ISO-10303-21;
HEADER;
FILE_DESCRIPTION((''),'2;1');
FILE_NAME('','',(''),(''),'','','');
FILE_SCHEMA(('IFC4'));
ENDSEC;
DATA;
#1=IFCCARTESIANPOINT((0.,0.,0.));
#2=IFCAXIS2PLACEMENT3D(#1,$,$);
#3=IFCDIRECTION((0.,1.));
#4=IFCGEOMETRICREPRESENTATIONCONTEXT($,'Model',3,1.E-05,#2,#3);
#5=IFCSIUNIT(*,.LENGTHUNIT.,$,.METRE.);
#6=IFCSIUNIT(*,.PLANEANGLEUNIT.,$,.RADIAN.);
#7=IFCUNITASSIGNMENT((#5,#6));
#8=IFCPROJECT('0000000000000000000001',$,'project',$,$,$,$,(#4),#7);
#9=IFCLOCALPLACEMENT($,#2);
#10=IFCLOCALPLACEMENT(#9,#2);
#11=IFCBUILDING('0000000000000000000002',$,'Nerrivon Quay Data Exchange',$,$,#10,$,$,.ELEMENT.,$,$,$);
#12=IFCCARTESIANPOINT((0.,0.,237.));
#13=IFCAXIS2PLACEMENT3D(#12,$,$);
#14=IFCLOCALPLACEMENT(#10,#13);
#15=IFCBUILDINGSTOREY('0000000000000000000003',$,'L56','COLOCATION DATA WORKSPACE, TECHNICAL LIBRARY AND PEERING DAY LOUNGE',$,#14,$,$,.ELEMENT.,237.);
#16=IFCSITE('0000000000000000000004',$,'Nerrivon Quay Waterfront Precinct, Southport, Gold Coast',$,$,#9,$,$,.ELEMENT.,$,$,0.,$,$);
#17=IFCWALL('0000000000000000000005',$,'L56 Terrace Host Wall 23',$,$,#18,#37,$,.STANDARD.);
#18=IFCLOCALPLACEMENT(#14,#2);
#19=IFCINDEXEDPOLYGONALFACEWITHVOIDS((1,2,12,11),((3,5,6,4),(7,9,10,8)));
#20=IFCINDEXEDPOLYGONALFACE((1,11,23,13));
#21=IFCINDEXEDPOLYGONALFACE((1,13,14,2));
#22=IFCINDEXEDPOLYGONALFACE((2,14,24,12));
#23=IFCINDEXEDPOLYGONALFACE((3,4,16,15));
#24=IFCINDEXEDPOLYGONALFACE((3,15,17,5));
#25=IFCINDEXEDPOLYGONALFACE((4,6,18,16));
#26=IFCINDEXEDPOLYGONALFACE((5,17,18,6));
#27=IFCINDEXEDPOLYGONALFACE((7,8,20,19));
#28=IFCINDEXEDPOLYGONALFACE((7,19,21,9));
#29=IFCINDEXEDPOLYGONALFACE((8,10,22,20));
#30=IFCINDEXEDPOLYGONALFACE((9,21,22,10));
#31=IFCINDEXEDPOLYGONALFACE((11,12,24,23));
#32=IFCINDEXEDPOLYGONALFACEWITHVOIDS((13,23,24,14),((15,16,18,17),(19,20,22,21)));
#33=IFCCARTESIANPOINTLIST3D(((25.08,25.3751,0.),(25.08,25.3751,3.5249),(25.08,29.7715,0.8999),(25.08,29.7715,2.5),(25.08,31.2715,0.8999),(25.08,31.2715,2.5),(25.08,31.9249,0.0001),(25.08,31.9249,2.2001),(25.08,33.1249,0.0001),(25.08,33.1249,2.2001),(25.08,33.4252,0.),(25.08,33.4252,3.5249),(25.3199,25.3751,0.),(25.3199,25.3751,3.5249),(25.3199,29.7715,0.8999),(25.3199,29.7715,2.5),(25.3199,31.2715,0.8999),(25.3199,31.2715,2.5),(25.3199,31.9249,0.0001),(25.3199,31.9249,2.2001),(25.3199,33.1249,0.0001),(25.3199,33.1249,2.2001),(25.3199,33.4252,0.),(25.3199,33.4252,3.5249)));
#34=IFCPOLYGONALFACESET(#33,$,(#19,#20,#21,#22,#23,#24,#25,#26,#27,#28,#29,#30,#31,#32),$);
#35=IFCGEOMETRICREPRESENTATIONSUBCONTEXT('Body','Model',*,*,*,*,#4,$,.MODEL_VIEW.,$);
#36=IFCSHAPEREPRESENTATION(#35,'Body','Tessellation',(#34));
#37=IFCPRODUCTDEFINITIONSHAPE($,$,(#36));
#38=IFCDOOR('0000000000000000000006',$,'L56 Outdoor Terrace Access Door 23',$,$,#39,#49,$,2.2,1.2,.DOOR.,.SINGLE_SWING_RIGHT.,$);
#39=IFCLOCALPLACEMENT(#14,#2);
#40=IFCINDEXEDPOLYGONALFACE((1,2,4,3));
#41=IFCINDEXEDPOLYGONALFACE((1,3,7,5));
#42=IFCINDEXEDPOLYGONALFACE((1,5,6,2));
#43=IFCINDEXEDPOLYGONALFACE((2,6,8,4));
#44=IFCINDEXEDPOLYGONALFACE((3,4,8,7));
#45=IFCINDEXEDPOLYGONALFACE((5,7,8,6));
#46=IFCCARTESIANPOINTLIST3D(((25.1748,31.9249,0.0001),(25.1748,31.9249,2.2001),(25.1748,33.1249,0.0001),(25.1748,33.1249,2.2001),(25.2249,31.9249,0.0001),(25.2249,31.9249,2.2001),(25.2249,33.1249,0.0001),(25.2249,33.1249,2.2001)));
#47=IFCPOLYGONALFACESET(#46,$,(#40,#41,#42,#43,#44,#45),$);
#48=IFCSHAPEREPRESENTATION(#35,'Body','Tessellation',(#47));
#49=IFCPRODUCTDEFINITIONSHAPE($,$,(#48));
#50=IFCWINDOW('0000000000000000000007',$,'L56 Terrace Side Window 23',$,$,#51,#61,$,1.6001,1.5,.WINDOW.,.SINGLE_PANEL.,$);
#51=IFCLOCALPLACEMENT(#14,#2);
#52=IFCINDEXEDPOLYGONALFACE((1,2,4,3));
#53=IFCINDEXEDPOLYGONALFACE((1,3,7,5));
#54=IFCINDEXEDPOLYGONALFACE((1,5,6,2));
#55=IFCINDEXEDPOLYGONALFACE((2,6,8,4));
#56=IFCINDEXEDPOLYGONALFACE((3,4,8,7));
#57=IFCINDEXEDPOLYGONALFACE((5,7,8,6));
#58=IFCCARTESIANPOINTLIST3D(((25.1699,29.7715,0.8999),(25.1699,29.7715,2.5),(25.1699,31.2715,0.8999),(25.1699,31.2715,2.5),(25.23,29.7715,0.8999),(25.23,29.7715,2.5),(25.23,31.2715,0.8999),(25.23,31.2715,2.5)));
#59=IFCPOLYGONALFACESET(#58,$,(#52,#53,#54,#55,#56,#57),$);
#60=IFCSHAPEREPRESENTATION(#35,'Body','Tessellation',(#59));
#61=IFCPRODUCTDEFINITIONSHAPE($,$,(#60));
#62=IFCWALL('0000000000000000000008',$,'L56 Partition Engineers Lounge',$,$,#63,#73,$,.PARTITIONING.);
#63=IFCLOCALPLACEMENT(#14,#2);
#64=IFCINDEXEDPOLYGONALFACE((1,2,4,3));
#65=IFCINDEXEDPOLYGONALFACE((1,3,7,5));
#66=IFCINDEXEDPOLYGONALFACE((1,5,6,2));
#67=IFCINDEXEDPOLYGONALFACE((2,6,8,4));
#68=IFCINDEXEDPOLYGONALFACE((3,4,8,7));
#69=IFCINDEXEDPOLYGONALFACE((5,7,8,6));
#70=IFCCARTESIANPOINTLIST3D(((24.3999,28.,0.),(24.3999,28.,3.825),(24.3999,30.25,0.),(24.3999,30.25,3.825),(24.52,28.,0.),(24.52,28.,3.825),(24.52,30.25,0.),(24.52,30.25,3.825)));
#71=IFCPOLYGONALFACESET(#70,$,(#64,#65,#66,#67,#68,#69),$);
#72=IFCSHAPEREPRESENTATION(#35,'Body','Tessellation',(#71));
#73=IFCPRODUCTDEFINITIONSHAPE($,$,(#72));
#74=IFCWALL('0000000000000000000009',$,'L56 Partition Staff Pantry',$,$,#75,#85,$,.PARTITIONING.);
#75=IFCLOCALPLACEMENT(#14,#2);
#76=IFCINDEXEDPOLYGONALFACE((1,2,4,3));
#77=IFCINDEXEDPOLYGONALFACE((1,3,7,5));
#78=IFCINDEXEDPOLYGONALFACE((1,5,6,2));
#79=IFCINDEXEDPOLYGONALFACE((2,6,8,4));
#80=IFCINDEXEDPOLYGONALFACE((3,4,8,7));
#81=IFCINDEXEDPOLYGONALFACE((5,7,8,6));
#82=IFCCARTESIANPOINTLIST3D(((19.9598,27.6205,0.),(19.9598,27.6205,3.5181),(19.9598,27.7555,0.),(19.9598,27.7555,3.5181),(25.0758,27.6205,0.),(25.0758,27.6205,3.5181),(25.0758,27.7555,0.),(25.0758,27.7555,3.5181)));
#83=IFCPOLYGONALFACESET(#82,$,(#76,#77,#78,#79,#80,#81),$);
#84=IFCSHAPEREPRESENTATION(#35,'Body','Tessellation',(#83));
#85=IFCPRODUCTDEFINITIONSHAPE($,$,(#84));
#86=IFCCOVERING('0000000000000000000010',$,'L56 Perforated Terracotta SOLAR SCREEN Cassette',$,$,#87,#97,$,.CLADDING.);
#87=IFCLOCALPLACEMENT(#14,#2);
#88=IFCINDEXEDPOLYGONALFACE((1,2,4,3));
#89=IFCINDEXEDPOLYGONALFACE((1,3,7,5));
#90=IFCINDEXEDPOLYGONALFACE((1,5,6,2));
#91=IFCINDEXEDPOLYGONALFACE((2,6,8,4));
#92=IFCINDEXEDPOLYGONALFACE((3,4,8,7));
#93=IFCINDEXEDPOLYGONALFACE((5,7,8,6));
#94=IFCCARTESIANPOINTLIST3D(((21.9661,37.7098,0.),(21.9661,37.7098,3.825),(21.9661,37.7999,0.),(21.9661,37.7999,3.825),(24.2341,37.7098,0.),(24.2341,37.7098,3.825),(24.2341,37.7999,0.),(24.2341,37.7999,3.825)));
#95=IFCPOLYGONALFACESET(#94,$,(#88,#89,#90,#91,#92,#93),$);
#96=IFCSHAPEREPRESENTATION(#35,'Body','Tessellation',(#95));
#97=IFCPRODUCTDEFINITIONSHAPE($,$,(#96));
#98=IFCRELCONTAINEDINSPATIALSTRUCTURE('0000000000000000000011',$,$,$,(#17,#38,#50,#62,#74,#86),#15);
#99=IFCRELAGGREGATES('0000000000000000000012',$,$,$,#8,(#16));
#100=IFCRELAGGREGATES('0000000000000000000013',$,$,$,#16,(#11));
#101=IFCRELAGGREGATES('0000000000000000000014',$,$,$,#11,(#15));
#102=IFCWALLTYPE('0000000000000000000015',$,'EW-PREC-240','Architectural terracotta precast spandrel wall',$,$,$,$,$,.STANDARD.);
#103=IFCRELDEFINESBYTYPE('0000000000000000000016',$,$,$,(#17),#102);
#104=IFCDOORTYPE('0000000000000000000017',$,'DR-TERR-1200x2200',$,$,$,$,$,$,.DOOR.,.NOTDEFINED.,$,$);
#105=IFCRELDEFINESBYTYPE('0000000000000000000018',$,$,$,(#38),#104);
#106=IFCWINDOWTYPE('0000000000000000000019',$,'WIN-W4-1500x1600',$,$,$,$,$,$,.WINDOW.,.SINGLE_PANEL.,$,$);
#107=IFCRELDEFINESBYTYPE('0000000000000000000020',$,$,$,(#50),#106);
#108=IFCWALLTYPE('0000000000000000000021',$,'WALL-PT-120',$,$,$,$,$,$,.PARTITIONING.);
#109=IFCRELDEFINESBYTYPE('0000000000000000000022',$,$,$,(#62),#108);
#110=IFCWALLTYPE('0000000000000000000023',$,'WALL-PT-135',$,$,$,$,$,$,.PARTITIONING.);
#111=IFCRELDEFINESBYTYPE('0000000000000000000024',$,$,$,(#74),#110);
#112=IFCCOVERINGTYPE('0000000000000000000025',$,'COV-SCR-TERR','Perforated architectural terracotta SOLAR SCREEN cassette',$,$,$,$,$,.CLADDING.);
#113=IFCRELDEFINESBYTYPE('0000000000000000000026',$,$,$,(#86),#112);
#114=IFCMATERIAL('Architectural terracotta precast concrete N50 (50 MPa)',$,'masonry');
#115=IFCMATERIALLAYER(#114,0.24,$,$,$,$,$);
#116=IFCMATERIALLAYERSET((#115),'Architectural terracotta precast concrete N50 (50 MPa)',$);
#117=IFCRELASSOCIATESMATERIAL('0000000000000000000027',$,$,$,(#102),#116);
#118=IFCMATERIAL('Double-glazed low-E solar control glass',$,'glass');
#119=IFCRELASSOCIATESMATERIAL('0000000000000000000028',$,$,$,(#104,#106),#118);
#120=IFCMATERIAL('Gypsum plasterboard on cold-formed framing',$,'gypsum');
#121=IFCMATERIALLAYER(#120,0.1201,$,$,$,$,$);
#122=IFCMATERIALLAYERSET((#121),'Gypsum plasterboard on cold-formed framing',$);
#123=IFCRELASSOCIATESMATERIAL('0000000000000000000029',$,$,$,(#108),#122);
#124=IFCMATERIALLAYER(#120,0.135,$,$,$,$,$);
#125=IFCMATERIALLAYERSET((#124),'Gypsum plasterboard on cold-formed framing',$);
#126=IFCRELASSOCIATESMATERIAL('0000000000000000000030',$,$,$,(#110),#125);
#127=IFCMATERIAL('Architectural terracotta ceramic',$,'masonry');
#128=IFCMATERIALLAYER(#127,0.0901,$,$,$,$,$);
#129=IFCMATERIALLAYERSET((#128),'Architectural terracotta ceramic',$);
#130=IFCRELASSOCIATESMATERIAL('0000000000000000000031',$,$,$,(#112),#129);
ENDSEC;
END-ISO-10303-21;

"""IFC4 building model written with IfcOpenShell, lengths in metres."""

from ifc_helpers import new_model, si_unit, direction, frame, frame_2d, origin, origin_2d, place, context, subcontext, project, spatial, rectangle, extrude, material, layer, layer_set, type_object, element, fill, save


model = new_model("IFC4")

# Units and contexts
model_context = context("Model", 3, precision=1e-05, world=origin(), true_north=direction((0.0, 1.0)))
body_context = subcontext(model_context, "Body", "Model", "MODEL_VIEW")
ifc_project = project(units=[si_unit("LENGTHUNIT", "METRE"), si_unit("PLANEANGLEUNIT", "RADIAN")], contexts=[model_context])

# Site, building, storey
site_placement = place(None, origin())
site = spatial("IfcSite", under=ifc_project, at=site_placement, Name="Nerrivon Quay Waterfront Precinct, Southport, Gold Coast", CompositionType="ELEMENT", RefElevation=0.0)
building_placement = place(site_placement, origin())
building = spatial("IfcBuilding", under=site, at=building_placement, Name="Nerrivon Quay Data Exchange", CompositionType="ELEMENT")
storey_placement = place(building_placement, frame((0.0, 0.0, 237.0)))
storey = spatial("IfcBuildingStorey", under=building, at=storey_placement, Name="L56", Description="COLOCATION DATA WORKSPACE, TECHNICAL LIBRARY AND PEERING DAY LOUNGE", CompositionType="ELEMENT", Elevation=237.0)

# Shared definitions
ifc_material_1 = material(Name="Double-glazed low-E solar control glass", Category="glass")

# Shared definitions
ifc_material_2 = material(Name="Architectural terracotta precast concrete N50 (50 MPa)", Category="masonry")
ifc_layer_1 = layer(ifc_material_2, 0.24)
ifc_layer_set_1 = layer_set([ifc_layer_1], Name="Architectural terracotta precast concrete N50 (50 MPa)")
wall_type_1 = type_object("IfcWallType", Name="EW-PREC-240", Description="Architectural terracotta precast spandrel wall", PredefinedType="STANDARD", material=ifc_layer_set_1)
door_type = type_object("IfcDoorType", Name="DR-TERR-1200x2200", OperationType="NOTDEFINED", PredefinedType="DOOR", material=ifc_material_1)

# Wall, openings, door, window
wall_1_placement = place(storey_placement, frame((25.2, 33.425, 0.0), z_axis=(0.0, 0.0, 1.0), x_axis=(0.0, -1.0, 0.0)))
wall_1 = element("IfcWall", 1, at=wall_1_placement, inside=storey, type_object=wall_type_1, Name="L56 Terrace Host Wall 23", PredefinedType="STANDARD", context=body_context, shape_type="SweptSolid", body=[
    extrude(rectangle(XDim=8.05, YDim=0.24, at=frame_2d((4.0249, 0.0))), origin(), (0.0, 0.0, 1.0), 3.5249),
])
opening_1_placement = place(wall_1_placement, frame((0.3, 0.0, 0.0)))
opening_1 = element("IfcOpeningElement", 2, at=opening_1_placement, cuts=wall_1, PredefinedType="OPENING", context=body_context, shape_type="SweptSolid", body=[
    extrude(rectangle(XDim=1.2, YDim=2.2, at=frame_2d((0.6001, 1.1001))), frame((0.0, 0.1299, 0.0), z_axis=(0.0, -1.0, 0.0), x_axis=(1.0, 0.0, 0.0)), (0.0, 0.0, 1.0), 0.26),
])
opening_2_placement = place(wall_1_placement, frame((2.1536, 0.0, 0.8999)))
opening_2 = element("IfcOpeningElement", 3, at=opening_2_placement, cuts=wall_1, PredefinedType="OPENING", context=body_context, shape_type="SweptSolid", body=[
    extrude(rectangle(XDim=1.5, YDim=1.6001, at=frame_2d((0.75, 0.8))), frame((0.0, 0.1299, 0.0), z_axis=(0.0, -1.0, 0.0), x_axis=(1.0, 0.0, 0.0)), (0.0, 0.0, 1.0), 0.26),
])
door_1_placement = place(opening_1_placement, origin())
door_1 = element("IfcDoor", 4, at=door_1_placement, inside=storey, type_object=door_type, Name="L56 Outdoor Terrace Access Door 23", OperationType="SINGLE_SWING_RIGHT", OverallHeight=2.2, OverallWidth=1.2, PredefinedType="DOOR", context=body_context, shape_type="SweptSolid", body=[
    extrude(rectangle(XDim=1.2, YDim=2.2, at=frame_2d((0.6001, 1.1001))), frame((0.0, 0.0249, 0.0), z_axis=(0.0, -1.0, 0.0), x_axis=(1.0, 0.0, 0.0)), (0.0, 0.0, 1.0), 0.05),
])
fill(opening_1, door_1)
window_type = type_object("IfcWindowType", Name="WIN-W4-1500x1600", PartitioningType="SINGLE_PANEL", PredefinedType="WINDOW", material=ifc_material_1)
window_placement = place(opening_2_placement, origin())
window = element("IfcWindow", 5, at=window_placement, inside=storey, type_object=window_type, Name="L56 Terrace Side Window 23", OverallHeight=1.6001, OverallWidth=1.5, PartitioningType="SINGLE_PANEL", PredefinedType="WINDOW", context=body_context, shape_type="SweptSolid", body=[
    extrude(rectangle(XDim=1.5, YDim=1.6001, at=frame_2d((0.75, 0.8))), frame((0.0, 0.03, 0.0), z_axis=(0.0, -1.0, 0.0), x_axis=(1.0, 0.0, 0.0)), (0.0, 0.0, 1.0), 0.0601),
])
fill(opening_2, window)

# Walls
ifc_material_3 = material(Name="Gypsum plasterboard on cold-formed framing", Category="gypsum")
ifc_layer_2 = layer(ifc_material_3, 0.1201)
ifc_layer_set_2 = layer_set([ifc_layer_2], Name="Gypsum plasterboard on cold-formed framing")
wall_type_2 = type_object("IfcWallType", Name="WALL-PT-120", PredefinedType="PARTITIONING", material=ifc_layer_set_2)
wall_2_placement = place(storey_placement, frame((24.46, 30.25, 0.0), z_axis=(0.0, 0.0, 1.0), x_axis=(0.0, -1.0, 0.0)))
element("IfcWall", 6, at=wall_2_placement, inside=storey, type_object=wall_type_2, Name="L56 Partition Engineers Lounge", PredefinedType="PARTITIONING", context=body_context, shape_type="SweptSolid", body=[
    extrude(rectangle(XDim=2.25, YDim=0.1201, at=frame_2d((1.125, 0.0))), origin(), (0.0, 0.0, 1.0), 3.825),
])
ifc_layer_3 = layer(ifc_material_3, 0.135)
ifc_layer_set_3 = layer_set([ifc_layer_3], Name="Gypsum plasterboard on cold-formed framing")
wall_type_3 = type_object("IfcWallType", Name="WALL-PT-135", PredefinedType="PARTITIONING", material=ifc_layer_set_3)
wall_3_placement = place(storey_placement, frame((25.0759, 27.688, 0.0), z_axis=(0.0, 0.0, 1.0), x_axis=(-1.0, 0.0, 0.0)))
element("IfcWall", 7, at=wall_3_placement, inside=storey, type_object=wall_type_3, Name="L56 Partition Staff Pantry", PredefinedType="PARTITIONING", context=body_context, shape_type="SweptSolid", body=[
    extrude(rectangle(XDim=5.116, YDim=0.135, at=frame_2d((2.5581, 0.0))), origin(), (0.0, 0.0, 1.0), 3.5181),
])

# Covering
ifc_material_4 = material(Name="Architectural terracotta ceramic", Category="masonry")
ifc_layer_4 = layer(ifc_material_4, 0.0901)
ifc_layer_set_4 = layer_set([ifc_layer_4], Name="Architectural terracotta ceramic")
covering_type = type_object("IfcCoveringType", Name="COV-SCR-TERR", Description="Perforated architectural terracotta SOLAR SCREEN cassette", PredefinedType="CLADDING", material=ifc_layer_set_4)
covering_placement = place(storey_placement, frame((23.1001, 37.7549, 0.0), z_axis=(0.0, 0.0, 1.0), x_axis=(1.0, 0.0, 0.0)))
element("IfcCovering", 8, at=covering_placement, inside=storey, type_object=covering_type, Name="L56 Perforated Terracotta SOLAR SCREEN Cassette", PredefinedType="CLADDING", context=body_context, shape_type="SweptSolid", body=[
    extrude(rectangle(XDim=2.2681, YDim=0.0901, at=origin_2d()), origin(), (0.0, 0.0, 1.0), 3.825),
])

save(model, "model.ifc")
